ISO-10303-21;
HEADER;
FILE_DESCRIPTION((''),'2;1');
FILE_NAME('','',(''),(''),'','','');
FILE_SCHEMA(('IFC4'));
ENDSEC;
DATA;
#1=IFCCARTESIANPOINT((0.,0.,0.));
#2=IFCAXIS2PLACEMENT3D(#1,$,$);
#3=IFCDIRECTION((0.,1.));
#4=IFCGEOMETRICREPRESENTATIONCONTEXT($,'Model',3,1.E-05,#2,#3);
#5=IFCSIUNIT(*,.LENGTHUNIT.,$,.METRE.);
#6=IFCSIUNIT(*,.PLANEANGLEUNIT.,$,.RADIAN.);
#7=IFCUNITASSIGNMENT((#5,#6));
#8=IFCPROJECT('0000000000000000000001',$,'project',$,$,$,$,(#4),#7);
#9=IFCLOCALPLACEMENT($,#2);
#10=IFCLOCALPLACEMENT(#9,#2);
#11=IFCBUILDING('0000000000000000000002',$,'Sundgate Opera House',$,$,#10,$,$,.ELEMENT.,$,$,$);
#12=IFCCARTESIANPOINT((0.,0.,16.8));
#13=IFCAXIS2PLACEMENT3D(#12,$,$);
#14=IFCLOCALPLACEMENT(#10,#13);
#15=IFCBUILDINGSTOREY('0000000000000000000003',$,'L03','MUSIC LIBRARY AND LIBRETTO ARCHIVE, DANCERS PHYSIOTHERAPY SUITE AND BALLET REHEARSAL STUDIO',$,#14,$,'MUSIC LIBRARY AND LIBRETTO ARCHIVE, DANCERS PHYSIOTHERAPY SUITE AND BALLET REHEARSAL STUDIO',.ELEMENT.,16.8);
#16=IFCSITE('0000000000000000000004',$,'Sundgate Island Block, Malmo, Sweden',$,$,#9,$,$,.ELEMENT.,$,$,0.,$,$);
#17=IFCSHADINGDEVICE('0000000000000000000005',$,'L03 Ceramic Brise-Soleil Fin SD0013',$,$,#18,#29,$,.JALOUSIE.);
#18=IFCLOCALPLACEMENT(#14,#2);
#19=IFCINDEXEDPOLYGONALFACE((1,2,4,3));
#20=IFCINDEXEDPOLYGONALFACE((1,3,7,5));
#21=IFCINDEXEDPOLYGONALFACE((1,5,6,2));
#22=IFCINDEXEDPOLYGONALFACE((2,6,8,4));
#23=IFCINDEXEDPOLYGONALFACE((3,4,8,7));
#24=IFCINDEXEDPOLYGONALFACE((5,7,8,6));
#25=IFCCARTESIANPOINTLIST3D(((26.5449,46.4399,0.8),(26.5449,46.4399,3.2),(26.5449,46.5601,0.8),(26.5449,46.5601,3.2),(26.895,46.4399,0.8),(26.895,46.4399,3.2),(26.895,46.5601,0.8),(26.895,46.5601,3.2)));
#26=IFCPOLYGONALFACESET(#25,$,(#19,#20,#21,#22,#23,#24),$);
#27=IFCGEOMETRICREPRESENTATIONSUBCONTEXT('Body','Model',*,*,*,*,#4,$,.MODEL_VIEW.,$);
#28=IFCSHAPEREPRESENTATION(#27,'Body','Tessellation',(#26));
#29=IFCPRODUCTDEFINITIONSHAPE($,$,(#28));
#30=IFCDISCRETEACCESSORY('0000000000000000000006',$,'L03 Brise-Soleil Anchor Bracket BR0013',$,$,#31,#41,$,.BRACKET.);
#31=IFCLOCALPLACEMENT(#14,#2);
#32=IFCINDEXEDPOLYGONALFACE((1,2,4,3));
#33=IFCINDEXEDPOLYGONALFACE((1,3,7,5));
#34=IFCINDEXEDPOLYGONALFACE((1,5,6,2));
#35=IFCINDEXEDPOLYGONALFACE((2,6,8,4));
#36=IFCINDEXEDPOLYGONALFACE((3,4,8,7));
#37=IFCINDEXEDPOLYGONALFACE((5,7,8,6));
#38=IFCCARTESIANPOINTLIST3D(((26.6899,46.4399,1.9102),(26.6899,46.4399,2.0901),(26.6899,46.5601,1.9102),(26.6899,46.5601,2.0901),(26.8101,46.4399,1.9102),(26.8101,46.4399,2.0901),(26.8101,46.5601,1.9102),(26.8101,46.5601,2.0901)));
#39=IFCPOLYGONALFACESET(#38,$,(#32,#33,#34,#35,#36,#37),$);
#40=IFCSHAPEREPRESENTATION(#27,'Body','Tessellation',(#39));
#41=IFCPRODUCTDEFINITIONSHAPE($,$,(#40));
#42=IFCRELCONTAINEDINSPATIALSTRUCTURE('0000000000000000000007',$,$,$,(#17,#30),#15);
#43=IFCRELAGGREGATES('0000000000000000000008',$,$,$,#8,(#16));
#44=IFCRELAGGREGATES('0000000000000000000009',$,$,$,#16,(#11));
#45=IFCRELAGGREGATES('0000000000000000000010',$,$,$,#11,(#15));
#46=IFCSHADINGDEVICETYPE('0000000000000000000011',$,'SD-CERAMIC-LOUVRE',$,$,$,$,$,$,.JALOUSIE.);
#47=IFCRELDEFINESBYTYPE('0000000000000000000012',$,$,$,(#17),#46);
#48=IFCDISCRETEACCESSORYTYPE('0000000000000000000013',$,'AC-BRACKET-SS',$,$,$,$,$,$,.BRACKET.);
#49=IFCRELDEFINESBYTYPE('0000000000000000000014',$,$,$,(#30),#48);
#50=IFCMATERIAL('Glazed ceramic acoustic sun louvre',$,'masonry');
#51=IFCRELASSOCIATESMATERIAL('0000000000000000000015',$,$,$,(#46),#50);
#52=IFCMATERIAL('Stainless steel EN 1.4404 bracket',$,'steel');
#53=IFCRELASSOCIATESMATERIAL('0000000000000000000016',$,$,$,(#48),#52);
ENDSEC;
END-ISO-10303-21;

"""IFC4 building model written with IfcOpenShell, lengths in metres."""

from ifc_helpers import new_model, si_unit, direction, frame, origin, origin_2d, place, context, subcontext, project, spatial, rectangle, extrude, material, type_object, element, save


model = new_model("IFC4")

# Units and contexts
model_context = context("Model", 3, precision=1e-05, world=origin(), true_north=direction((0.0, 1.0)))
body_context = subcontext(model_context, "Body", "Model", "MODEL_VIEW")
ifc_project = project(units=[si_unit("LENGTHUNIT", "METRE"), si_unit("PLANEANGLEUNIT", "RADIAN")], contexts=[model_context])

# Site, building, storey
site_placement = place(None, origin())
site = spatial("IfcSite", under=ifc_project, at=site_placement, Name="Sundgate Island Block, Malmo, Sweden", CompositionType="ELEMENT", RefElevation=0.0)
building_placement = place(site_placement, origin())
building = spatial("IfcBuilding", under=site, at=building_placement, Name="Sundgate Opera House", CompositionType="ELEMENT")
storey_placement = place(building_placement, frame((0.0, 0.0, 16.8)))
storey = spatial("IfcBuildingStorey", under=building, at=storey_placement, Name="L03", Description="MUSIC LIBRARY AND LIBRETTO ARCHIVE, DANCERS PHYSIOTHERAPY SUITE AND BALLET REHEARSAL STUDIO", LongName="MUSIC LIBRARY AND LIBRETTO ARCHIVE, DANCERS PHYSIOTHERAPY SUITE AND BALLET REHEARSAL STUDIO", CompositionType="ELEMENT", Elevation=16.8)

# Shading device
ifc_material_1 = material(Name="Glazed ceramic acoustic sun louvre", Category="masonry")
shading_device_type = type_object("IfcShadingDeviceType", Name="SD-CERAMIC-LOUVRE", PredefinedType="JALOUSIE", material=ifc_material_1)
shading_device_placement = place(storey_placement, frame((26.72, 46.5, 0.8), z_axis=(0.0, 0.0, 1.0), x_axis=(1.0, 0.0, 0.0)))
element("IfcShadingDevice", 1, at=shading_device_placement, inside=storey, type_object=shading_device_type, Name="L03 Ceramic Brise-Soleil Fin SD0013", PredefinedType="JALOUSIE", context=body_context, shape_type="SweptSolid", body=[
    extrude(rectangle(XDim=0.3501, YDim=0.1201, at=origin_2d()), origin(), (0.0, 0.0, 1.0), 2.3999),
])

# Discrete accessory
ifc_material_2 = material(Name="Stainless steel EN 1.4404 bracket", Category="steel")
discrete_accessory_type = type_object("IfcDiscreteAccessoryType", Name="AC-BRACKET-SS", PredefinedType="BRACKET", material=ifc_material_2)
discrete_accessory_placement = place(storey_placement, frame((26.75, 46.5, 1.9102), z_axis=(0.0, 0.0, 1.0), x_axis=(1.0, 0.0, 0.0)))
element("IfcDiscreteAccessory", 2, at=discrete_accessory_placement, inside=storey, type_object=discrete_accessory_type, Name="L03 Brise-Soleil Anchor Bracket BR0013", PredefinedType="BRACKET", context=body_context, shape_type="SweptSolid", body=[
    extrude(rectangle(XDim=0.1201, YDim=0.1201, at=origin_2d()), origin(), (0.0, 0.0, 1.0), 0.1799),
])

save(model, "model.ifc")
